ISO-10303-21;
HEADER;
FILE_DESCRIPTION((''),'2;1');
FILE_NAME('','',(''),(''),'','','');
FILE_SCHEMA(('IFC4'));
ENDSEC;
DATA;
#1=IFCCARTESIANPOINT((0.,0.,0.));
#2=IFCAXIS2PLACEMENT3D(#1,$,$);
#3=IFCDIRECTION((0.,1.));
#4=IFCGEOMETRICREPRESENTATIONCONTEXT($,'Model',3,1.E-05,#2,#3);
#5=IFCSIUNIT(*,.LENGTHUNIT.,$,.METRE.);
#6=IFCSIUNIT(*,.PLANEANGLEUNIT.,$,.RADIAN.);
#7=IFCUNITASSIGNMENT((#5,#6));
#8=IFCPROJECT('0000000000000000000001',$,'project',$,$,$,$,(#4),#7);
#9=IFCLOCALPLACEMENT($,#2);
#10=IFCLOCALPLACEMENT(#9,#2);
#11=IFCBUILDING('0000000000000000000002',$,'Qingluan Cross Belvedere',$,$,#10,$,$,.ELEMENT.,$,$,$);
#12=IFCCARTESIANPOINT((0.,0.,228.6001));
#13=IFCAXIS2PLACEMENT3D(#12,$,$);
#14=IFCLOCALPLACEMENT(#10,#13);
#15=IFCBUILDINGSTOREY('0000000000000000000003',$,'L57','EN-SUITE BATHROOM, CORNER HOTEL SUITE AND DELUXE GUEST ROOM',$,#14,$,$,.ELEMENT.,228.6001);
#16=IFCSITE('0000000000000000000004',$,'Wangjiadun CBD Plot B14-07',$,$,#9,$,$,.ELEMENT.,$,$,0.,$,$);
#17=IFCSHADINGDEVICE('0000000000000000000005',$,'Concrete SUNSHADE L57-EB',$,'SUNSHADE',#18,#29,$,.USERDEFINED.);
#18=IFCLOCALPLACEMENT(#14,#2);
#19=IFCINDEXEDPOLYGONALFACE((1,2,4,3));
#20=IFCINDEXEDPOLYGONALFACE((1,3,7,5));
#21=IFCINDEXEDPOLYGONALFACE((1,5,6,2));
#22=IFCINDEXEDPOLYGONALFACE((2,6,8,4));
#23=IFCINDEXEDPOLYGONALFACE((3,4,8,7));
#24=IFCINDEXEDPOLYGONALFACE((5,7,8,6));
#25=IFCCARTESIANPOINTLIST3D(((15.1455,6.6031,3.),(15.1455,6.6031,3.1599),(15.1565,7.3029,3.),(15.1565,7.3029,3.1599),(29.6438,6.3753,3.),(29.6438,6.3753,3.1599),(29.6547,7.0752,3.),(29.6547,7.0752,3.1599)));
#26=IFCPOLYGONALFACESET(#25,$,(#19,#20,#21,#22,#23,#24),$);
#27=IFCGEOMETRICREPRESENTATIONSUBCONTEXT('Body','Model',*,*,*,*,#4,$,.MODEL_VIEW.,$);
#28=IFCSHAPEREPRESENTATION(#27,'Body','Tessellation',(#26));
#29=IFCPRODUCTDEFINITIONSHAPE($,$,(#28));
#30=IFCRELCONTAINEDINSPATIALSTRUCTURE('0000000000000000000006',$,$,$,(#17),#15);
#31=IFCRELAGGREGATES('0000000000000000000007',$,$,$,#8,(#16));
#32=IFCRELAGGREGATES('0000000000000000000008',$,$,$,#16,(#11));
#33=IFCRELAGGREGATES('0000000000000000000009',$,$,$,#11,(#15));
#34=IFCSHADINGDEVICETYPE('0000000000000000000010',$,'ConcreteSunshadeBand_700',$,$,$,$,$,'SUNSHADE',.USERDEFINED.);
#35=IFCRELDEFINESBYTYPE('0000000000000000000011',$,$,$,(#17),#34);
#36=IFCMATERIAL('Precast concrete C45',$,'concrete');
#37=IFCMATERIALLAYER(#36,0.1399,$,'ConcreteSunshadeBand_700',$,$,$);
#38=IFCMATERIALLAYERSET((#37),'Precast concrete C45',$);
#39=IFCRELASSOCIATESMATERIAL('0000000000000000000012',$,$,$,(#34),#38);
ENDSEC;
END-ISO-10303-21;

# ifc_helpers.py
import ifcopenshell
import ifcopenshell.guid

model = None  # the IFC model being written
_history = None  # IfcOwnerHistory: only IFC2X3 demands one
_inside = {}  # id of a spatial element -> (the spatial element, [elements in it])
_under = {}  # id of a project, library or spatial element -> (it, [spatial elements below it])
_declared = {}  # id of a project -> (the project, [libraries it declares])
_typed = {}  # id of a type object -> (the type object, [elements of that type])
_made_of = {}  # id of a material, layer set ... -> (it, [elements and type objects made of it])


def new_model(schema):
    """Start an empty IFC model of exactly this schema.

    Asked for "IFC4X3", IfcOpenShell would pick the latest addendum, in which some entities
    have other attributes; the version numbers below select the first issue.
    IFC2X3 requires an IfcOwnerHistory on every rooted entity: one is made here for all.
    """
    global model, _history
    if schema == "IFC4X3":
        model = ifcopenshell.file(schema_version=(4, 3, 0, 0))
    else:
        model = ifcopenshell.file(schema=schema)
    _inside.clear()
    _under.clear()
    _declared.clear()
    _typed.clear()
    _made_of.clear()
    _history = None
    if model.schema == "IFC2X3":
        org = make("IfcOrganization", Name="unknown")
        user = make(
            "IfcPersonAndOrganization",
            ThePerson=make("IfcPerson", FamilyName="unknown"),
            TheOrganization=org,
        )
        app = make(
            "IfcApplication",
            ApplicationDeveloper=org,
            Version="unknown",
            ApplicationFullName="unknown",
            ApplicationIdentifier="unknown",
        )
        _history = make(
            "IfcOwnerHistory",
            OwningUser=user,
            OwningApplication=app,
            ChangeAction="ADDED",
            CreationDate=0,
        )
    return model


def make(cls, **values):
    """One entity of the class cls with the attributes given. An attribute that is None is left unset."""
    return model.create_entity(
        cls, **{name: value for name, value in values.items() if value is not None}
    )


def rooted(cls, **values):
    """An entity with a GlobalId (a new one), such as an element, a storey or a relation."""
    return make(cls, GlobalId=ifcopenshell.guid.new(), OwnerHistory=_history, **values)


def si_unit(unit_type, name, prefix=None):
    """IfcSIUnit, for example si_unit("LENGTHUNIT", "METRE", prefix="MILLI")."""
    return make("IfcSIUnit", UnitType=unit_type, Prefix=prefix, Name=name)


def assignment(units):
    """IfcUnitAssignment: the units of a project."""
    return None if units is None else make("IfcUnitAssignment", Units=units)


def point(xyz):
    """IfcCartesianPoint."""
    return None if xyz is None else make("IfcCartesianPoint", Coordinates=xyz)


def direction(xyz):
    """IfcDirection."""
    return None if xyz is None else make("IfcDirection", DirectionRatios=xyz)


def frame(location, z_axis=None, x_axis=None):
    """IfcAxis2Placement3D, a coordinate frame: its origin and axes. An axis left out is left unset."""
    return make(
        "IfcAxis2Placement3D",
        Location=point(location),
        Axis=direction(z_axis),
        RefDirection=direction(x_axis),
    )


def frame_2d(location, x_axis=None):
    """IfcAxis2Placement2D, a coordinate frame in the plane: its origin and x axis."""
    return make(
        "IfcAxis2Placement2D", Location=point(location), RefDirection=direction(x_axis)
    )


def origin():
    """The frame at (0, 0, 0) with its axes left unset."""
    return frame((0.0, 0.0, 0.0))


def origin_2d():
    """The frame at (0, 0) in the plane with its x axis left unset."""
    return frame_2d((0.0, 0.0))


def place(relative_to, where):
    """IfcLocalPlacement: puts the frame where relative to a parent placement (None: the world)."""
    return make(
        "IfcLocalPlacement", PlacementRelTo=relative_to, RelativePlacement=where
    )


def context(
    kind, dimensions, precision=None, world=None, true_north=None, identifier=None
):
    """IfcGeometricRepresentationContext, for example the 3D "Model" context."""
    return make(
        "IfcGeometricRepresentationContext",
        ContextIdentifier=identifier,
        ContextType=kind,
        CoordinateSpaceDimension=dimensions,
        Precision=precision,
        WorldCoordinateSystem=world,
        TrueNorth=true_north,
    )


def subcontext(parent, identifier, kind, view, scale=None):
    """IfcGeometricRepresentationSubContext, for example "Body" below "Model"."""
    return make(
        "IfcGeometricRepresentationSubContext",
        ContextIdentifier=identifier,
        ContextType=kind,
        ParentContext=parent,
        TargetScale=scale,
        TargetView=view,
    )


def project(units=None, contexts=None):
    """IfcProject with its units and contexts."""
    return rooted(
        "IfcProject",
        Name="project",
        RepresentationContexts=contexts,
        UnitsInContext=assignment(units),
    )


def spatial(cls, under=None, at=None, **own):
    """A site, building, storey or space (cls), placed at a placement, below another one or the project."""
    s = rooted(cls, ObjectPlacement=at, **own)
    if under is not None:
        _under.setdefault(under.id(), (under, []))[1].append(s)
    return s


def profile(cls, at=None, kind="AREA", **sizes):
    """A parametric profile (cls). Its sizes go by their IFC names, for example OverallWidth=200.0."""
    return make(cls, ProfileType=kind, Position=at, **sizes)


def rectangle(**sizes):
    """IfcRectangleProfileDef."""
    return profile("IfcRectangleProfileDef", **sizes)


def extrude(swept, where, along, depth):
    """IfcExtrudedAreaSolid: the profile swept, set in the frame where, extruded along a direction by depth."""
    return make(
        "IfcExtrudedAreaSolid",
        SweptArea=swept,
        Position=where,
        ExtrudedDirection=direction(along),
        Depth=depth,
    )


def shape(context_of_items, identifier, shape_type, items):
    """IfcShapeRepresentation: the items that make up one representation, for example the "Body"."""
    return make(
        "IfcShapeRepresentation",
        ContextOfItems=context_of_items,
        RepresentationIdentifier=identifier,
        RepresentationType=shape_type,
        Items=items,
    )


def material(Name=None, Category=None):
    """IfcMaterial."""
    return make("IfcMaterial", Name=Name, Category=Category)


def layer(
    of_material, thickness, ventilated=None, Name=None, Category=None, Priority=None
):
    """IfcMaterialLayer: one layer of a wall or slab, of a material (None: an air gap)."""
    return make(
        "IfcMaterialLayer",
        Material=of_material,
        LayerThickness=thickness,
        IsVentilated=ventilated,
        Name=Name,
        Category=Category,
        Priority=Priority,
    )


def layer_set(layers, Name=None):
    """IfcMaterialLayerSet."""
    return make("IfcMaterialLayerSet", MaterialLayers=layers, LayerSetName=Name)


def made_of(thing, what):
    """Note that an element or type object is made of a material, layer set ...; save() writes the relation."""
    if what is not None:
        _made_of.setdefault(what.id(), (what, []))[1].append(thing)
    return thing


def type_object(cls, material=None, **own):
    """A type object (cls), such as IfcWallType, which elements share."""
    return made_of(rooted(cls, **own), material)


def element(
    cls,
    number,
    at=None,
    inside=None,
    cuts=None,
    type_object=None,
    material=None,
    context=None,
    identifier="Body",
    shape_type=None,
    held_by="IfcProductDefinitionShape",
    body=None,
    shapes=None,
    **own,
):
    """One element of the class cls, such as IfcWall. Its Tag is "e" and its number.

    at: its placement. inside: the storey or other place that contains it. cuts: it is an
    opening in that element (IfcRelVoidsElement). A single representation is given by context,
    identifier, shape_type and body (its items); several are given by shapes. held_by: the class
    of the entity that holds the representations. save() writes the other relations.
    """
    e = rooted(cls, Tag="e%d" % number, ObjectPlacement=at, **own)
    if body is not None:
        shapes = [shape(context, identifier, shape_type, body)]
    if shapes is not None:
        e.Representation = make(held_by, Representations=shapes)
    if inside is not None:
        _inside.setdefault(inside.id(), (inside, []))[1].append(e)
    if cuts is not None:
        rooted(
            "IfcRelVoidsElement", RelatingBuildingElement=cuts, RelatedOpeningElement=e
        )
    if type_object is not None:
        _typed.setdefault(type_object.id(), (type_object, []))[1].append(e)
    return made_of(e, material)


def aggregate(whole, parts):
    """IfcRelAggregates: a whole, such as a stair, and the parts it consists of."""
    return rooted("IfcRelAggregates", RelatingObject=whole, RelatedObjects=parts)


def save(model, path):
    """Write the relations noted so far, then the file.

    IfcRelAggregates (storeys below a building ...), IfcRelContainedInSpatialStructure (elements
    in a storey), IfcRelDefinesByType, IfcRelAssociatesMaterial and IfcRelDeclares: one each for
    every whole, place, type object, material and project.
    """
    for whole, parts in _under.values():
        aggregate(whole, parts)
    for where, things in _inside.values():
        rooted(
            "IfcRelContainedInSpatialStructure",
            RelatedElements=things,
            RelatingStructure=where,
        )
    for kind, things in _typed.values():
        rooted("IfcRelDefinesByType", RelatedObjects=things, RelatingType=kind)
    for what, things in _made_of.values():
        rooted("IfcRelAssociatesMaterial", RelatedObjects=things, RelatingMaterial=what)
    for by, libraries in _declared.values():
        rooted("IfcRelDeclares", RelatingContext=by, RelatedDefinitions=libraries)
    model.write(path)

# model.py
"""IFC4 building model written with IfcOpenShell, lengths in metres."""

from ifc_helpers import new_model, si_unit, direction, frame, origin, origin_2d, place, context, subcontext, project, spatial, rectangle, extrude, material, layer, layer_set, type_object, element, save


model = new_model("IFC4")

# Units and contexts
model_context = context("Model", 3, precision=1e-05, world=origin(), true_north=direction((0.0, 1.0)))
body_context = subcontext(model_context, "Body", "Model", "MODEL_VIEW")
ifc_project = project(units=[si_unit("LENGTHUNIT", "METRE"), si_unit("PLANEANGLEUNIT", "RADIAN")], contexts=[model_context])

# Site, building, storey
site_placement = place(None, origin())
site = spatial("IfcSite", under=ifc_project, at=site_placement, Name="Wangjiadun CBD Plot B14-07", CompositionType="ELEMENT", RefElevation=0.0)
building_placement = place(site_placement, origin())
building = spatial("IfcBuilding", under=site, at=building_placement, Name="Qingluan Cross Belvedere", CompositionType="ELEMENT")
storey_placement = place(building_placement, frame((0.0, 0.0, 228.6001)))
storey = spatial("IfcBuildingStorey", under=building, at=storey_placement, Name="L57", Description="EN-SUITE BATHROOM, CORNER HOTEL SUITE AND DELUXE GUEST ROOM", CompositionType="ELEMENT", Elevation=228.6001)

# Shading device
ifc_material_1 = material(Name="Precast concrete C45", Category="concrete")
ifc_layer_1 = layer(ifc_material_1, 0.1399, Name="ConcreteSunshadeBand_700")
ifc_layer_set_1 = layer_set([ifc_layer_1], Name="Precast concrete C45")
shading_device_type = type_object("IfcShadingDeviceType", Name="ConcreteSunshadeBand_700", ElementType="SUNSHADE", PredefinedType="USERDEFINED", material=ifc_layer_set_1)
shading_device_placement = place(storey_placement, frame((22.4001, 6.8391, 3.0), z_axis=(0.0, 0.0, 1.0), x_axis=(-0.999877, 0.015707, 0.0)))
element("IfcShadingDevice", 1, at=shading_device_placement, inside=storey, type_object=shading_device_type, Name="Concrete SUNSHADE L57-EB", ObjectType="SUNSHADE", PredefinedType="USERDEFINED", context=body_context, shape_type="SweptSolid", body=[
    extrude(rectangle(XDim=14.5, YDim=0.7, at=origin_2d()), origin(), (0.0, 0.0, 1.0), 0.1599),
])

save(model, "model.ifc")
